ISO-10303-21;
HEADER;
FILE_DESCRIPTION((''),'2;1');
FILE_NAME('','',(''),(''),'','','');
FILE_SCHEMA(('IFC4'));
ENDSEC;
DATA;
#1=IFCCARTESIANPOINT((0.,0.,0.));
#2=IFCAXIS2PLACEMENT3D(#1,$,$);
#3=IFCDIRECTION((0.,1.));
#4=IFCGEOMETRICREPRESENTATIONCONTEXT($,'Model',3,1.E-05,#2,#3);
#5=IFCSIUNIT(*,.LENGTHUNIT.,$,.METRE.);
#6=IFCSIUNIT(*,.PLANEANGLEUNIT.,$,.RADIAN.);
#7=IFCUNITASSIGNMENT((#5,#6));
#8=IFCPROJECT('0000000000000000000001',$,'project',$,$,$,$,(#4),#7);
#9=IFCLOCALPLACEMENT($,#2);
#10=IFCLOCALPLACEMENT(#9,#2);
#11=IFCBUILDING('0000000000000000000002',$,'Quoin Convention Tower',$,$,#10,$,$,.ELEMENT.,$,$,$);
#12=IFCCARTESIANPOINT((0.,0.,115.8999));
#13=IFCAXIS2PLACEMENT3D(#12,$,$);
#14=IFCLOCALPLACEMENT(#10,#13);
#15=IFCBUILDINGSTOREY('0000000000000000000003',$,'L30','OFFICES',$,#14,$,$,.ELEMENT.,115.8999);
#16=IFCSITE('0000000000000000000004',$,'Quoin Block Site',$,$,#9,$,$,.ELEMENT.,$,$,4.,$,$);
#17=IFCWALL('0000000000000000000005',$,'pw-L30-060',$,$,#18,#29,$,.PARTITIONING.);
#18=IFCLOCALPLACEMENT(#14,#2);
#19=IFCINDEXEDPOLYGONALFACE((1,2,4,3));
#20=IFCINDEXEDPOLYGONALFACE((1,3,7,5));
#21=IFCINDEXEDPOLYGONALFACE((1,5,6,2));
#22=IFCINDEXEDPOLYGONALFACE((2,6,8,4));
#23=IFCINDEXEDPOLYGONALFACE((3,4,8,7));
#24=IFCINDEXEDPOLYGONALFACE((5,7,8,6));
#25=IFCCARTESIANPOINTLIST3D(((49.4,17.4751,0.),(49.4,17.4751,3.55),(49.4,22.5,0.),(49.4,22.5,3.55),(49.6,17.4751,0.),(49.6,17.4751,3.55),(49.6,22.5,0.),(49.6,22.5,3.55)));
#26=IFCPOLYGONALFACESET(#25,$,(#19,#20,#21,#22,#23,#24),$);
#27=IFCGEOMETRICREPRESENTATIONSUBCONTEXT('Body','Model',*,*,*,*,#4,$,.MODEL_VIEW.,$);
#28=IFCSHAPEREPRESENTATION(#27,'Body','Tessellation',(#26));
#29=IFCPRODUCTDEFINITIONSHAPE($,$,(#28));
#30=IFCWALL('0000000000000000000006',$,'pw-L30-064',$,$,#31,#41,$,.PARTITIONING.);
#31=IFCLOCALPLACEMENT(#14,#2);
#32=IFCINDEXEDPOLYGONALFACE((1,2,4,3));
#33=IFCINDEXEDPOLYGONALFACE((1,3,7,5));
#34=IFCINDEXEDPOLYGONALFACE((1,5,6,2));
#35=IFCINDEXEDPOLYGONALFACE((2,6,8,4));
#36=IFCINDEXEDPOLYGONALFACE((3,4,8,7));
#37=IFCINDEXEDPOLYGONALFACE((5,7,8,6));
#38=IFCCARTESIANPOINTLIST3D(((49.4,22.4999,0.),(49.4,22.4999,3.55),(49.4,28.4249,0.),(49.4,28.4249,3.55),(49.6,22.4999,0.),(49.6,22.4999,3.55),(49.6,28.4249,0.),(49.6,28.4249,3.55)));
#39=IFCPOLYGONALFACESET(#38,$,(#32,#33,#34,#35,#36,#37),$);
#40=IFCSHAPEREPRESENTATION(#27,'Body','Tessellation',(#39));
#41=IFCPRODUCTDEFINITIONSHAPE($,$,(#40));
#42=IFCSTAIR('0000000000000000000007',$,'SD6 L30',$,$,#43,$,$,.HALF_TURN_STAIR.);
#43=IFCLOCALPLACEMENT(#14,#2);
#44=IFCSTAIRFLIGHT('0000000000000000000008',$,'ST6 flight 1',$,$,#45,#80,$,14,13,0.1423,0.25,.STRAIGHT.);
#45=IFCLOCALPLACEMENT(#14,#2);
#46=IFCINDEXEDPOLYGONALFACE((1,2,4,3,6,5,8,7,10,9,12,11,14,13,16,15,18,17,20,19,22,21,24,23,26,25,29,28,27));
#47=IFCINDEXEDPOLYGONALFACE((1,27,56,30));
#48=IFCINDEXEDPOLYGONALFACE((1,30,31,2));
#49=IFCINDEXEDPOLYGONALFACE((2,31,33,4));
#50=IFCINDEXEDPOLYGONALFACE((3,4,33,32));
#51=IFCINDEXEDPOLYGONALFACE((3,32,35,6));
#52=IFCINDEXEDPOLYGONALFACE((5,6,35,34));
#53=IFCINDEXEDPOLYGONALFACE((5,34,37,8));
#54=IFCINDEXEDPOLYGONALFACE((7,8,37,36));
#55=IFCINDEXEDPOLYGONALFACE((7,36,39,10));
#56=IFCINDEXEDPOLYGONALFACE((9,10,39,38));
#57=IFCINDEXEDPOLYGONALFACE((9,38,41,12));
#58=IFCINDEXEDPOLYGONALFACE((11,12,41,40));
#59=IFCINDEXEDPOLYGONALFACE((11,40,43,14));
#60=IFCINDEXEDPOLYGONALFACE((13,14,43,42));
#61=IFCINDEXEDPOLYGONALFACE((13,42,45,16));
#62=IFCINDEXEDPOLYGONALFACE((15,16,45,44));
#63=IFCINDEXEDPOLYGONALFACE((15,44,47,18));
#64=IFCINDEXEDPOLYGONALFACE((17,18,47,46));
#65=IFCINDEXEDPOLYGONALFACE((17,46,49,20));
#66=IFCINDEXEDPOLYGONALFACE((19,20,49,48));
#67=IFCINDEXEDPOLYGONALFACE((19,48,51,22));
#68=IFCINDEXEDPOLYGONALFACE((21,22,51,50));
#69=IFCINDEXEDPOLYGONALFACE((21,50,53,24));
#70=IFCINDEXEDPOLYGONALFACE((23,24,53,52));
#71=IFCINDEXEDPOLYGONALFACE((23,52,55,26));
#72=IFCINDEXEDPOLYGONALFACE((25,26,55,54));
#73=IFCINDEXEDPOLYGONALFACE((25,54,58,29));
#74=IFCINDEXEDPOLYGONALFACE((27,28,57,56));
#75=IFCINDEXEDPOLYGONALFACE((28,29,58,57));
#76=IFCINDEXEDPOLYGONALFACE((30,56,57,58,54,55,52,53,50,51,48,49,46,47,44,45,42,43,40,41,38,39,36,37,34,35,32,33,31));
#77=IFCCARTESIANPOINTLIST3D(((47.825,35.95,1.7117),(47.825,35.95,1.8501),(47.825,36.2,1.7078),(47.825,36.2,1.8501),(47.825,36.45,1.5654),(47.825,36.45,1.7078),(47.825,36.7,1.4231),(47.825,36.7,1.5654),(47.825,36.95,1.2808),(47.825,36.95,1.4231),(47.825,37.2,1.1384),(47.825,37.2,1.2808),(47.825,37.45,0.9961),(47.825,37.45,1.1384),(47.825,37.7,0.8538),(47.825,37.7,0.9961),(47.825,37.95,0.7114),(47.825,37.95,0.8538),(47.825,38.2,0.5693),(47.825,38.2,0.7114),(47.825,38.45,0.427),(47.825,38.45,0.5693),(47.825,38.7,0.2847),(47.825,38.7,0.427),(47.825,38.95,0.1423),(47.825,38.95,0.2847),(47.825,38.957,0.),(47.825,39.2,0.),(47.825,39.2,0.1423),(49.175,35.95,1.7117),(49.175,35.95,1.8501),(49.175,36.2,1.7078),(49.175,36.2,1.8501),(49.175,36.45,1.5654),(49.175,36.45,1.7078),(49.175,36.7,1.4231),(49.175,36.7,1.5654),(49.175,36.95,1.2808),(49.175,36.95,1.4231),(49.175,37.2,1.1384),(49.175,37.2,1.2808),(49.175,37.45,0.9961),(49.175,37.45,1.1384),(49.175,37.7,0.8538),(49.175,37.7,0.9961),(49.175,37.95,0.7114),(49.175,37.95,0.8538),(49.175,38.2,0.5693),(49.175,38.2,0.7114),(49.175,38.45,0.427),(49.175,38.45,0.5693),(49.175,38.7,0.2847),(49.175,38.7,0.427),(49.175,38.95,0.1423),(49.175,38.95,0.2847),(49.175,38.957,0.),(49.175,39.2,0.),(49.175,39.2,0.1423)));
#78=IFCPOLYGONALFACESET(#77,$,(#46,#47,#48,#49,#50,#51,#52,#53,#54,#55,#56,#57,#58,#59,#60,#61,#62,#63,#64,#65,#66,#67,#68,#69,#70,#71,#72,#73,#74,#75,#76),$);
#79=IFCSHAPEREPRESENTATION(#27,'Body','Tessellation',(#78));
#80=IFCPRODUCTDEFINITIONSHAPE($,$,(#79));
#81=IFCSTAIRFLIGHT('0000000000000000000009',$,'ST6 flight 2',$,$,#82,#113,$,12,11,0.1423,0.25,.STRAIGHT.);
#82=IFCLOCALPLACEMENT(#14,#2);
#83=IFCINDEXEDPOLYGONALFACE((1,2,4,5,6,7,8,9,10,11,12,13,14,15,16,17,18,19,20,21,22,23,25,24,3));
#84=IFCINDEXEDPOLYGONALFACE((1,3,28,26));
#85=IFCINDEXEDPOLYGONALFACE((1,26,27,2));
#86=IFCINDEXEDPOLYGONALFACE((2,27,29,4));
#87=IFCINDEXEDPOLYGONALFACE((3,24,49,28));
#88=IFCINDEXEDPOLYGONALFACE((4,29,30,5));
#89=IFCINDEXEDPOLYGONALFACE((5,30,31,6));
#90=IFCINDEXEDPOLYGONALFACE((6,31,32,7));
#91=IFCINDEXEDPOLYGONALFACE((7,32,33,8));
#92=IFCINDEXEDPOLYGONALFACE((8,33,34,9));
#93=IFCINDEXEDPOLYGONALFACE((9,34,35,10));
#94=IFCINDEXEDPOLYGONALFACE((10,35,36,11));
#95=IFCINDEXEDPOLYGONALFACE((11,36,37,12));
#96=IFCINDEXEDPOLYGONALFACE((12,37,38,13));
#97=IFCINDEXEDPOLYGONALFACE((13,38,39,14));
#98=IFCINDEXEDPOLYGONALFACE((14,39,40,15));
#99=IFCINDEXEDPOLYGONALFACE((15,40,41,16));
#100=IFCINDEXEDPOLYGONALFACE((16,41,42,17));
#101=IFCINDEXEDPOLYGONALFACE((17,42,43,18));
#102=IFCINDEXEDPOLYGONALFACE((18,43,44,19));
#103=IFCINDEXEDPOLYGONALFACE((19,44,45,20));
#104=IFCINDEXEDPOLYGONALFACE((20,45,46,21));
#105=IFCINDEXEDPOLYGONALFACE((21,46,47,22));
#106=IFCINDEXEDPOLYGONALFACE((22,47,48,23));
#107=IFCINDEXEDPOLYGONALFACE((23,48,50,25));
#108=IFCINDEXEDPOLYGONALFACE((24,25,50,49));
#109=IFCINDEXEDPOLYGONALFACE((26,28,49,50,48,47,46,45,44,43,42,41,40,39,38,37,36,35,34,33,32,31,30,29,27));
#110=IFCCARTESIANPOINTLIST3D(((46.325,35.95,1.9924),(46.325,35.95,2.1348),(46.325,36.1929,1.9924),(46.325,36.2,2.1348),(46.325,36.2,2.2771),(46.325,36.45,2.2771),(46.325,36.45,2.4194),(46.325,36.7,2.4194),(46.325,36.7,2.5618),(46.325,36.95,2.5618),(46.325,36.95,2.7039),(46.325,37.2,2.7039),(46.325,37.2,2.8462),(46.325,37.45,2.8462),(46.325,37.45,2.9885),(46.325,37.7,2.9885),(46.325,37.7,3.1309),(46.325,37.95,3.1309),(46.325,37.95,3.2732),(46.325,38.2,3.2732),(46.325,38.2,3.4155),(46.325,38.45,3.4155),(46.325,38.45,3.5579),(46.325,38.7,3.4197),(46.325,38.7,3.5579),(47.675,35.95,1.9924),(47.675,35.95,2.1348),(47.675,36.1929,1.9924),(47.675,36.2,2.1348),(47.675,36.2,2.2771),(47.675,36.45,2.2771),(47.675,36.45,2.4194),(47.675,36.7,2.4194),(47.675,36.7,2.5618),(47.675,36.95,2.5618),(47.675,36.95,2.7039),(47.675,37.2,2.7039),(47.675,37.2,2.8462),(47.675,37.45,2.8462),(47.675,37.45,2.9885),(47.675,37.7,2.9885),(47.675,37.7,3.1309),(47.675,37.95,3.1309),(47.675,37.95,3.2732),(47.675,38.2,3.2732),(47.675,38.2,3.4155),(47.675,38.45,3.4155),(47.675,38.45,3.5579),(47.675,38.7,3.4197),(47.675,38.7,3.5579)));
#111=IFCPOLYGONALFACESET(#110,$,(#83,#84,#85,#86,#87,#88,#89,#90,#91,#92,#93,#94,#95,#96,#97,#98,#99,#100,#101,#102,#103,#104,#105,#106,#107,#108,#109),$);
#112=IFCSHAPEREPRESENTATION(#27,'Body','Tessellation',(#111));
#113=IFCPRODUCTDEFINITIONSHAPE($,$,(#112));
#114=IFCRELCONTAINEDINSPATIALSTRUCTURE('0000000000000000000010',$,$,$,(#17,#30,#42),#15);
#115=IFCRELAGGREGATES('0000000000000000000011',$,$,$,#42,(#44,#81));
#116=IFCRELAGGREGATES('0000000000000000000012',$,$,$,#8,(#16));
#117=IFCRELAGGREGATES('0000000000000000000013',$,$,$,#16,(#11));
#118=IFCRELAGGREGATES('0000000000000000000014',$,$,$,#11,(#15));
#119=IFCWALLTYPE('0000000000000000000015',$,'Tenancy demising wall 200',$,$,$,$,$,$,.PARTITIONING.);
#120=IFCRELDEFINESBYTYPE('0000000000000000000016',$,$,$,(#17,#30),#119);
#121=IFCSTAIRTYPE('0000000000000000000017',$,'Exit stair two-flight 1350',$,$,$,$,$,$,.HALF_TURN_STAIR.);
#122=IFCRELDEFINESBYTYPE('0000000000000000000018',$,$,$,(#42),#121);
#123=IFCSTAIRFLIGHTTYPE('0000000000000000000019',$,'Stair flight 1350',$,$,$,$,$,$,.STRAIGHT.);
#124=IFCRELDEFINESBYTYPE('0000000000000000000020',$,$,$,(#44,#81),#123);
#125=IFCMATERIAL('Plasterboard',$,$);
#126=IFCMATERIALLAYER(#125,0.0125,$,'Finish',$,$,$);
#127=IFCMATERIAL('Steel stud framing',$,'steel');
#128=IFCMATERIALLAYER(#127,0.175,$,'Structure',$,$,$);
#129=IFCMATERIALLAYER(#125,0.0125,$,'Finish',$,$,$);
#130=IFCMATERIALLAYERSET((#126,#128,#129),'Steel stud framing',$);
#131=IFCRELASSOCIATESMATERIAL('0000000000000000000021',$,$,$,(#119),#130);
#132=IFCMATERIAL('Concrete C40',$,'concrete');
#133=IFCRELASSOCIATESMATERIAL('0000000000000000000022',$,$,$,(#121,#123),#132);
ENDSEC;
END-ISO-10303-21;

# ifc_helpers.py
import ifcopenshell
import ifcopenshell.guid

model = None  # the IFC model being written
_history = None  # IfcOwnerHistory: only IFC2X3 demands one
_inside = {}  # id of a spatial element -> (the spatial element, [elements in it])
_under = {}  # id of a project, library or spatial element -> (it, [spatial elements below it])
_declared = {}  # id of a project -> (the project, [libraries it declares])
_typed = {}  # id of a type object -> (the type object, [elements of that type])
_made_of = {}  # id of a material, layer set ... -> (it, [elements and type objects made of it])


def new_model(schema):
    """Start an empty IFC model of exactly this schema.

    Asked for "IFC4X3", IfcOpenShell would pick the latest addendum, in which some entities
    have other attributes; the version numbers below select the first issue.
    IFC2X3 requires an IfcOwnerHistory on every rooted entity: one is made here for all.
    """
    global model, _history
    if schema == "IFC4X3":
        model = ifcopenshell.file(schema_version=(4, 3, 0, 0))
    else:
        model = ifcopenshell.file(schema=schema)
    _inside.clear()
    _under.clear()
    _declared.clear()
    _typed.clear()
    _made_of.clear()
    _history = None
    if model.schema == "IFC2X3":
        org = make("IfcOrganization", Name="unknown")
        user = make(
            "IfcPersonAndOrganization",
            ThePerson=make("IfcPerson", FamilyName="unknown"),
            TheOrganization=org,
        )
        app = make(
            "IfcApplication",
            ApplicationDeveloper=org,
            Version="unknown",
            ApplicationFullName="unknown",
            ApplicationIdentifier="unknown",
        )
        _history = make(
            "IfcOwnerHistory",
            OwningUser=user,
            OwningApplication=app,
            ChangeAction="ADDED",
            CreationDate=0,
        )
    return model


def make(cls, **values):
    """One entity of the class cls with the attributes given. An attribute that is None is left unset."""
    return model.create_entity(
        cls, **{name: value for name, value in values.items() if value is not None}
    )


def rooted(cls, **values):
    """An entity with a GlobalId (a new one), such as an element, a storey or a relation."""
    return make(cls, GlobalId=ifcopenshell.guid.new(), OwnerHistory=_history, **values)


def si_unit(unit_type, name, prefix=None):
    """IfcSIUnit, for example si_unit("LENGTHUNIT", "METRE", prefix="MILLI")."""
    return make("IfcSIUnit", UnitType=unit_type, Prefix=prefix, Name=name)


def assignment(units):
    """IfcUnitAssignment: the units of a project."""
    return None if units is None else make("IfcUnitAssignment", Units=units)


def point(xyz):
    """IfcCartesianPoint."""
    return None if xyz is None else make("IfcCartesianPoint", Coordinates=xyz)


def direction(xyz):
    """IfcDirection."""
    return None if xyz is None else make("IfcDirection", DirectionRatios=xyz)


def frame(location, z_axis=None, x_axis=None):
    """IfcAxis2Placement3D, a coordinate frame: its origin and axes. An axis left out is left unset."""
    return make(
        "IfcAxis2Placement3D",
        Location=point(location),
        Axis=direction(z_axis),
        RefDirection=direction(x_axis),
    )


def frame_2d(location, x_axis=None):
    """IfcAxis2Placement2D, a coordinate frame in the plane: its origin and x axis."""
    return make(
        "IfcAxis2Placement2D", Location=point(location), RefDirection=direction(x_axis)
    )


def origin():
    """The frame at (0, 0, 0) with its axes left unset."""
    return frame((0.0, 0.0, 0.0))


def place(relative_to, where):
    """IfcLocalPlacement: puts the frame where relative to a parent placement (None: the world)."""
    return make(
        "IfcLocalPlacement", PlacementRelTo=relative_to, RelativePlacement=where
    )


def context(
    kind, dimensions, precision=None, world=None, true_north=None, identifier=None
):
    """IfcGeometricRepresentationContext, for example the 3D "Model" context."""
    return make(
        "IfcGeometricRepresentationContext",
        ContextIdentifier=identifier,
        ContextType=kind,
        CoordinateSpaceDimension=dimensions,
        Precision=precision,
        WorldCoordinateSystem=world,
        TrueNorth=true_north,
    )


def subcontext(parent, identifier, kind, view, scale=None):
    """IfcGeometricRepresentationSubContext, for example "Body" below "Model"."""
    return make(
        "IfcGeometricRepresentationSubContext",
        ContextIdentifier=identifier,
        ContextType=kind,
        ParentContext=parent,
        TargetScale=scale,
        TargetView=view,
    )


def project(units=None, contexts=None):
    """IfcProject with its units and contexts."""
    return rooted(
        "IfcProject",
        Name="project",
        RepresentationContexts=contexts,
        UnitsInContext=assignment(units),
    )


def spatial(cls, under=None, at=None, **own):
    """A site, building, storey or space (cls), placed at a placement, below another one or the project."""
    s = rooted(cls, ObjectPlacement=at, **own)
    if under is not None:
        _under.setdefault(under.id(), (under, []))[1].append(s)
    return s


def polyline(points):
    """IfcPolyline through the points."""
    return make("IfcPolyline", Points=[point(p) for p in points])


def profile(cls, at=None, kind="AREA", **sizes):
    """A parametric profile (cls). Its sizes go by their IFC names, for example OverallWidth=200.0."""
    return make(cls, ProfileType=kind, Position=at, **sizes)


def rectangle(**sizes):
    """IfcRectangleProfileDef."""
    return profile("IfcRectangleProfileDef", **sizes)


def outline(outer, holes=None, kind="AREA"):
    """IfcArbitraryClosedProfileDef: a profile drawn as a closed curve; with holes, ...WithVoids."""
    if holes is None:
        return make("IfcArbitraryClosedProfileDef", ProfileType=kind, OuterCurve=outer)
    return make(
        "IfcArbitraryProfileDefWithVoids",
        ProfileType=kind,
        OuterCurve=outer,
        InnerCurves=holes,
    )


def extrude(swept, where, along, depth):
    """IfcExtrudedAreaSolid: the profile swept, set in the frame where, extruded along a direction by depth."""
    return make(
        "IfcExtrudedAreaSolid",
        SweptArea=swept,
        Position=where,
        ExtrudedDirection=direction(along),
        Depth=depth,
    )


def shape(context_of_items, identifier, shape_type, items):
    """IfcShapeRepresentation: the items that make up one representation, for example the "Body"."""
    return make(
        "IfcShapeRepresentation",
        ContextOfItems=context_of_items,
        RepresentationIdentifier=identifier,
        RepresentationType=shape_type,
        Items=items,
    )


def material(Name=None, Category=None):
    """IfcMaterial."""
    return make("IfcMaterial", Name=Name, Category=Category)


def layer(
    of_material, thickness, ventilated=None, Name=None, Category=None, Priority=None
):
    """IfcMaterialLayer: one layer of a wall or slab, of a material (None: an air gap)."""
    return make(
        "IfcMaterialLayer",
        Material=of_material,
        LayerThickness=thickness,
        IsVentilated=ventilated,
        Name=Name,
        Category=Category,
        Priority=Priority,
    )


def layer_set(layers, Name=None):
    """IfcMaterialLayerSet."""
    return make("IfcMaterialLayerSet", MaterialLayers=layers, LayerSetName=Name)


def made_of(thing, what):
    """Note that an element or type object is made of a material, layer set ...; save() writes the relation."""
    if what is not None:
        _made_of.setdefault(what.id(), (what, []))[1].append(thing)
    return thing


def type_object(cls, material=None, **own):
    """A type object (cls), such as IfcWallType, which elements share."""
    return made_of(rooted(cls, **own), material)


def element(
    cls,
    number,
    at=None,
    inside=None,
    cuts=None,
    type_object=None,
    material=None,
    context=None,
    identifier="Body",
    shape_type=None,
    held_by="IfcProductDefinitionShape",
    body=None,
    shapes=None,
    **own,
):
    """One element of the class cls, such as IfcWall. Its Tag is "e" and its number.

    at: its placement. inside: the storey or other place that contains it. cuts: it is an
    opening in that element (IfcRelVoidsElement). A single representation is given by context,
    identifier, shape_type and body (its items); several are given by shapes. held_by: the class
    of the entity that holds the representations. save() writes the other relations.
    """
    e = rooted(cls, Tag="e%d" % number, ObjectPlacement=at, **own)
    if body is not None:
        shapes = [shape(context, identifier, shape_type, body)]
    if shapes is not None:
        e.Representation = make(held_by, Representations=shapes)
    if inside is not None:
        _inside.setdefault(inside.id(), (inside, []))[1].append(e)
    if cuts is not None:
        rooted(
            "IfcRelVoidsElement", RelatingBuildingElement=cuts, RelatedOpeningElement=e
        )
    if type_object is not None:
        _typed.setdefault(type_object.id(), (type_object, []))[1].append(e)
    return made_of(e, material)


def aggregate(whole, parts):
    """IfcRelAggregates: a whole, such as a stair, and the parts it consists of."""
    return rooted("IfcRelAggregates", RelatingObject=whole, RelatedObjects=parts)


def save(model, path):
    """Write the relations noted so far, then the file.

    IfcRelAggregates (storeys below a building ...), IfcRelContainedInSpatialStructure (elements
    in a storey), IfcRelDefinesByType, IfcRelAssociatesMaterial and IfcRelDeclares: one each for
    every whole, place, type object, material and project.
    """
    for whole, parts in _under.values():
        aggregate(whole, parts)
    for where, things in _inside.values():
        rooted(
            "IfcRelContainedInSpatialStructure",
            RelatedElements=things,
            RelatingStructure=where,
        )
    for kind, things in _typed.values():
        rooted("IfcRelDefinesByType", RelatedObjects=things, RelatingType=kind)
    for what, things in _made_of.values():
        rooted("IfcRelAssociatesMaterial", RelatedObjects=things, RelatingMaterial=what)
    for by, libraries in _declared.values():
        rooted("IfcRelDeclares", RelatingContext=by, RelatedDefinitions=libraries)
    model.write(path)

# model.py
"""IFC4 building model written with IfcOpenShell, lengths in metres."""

from ifc_helpers import new_model, si_unit, direction, frame, frame_2d, origin, place, context, subcontext, project, spatial, polyline, rectangle, outline, extrude, material, layer, layer_set, type_object, element, aggregate, save


model = new_model("IFC4")

# Units and contexts
model_context = context("Model", 3, precision=1e-05, world=origin(), true_north=direction((0.0, 1.0)))
body_context = subcontext(model_context, "Body", "Model", "MODEL_VIEW")
ifc_project = project(units=[si_unit("LENGTHUNIT", "METRE"), si_unit("PLANEANGLEUNIT", "RADIAN")], contexts=[model_context])

# Site, building, storey
site_placement = place(None, origin())
site = spatial("IfcSite", under=ifc_project, at=site_placement, Name="Quoin Block Site", CompositionType="ELEMENT", RefElevation=4.0)
building_placement = place(site_placement, origin())
building = spatial("IfcBuilding", under=site, at=building_placement, Name="Quoin Convention Tower", CompositionType="ELEMENT")
storey_placement = place(building_placement, frame((0.0, 0.0, 115.8999)))
storey = spatial("IfcBuildingStorey", under=building, at=storey_placement, Name="L30", Description="OFFICES", CompositionType="ELEMENT", Elevation=115.8999)

# Shared definitions
ifc_material_1 = material(Name="Plasterboard")
ifc_material_2 = material(Name="Steel stud framing", Category="steel")

# Walls
ifc_layer_1 = layer(ifc_material_1, 0.0125, Name="Finish")
ifc_layer_2 = layer(ifc_material_2, 0.175, Name="Structure")
ifc_layer_3 = layer(ifc_material_1, 0.0125, Name="Finish")
ifc_layer_set_1 = layer_set([ifc_layer_1, ifc_layer_2, ifc_layer_3], Name="Steel stud framing")
wall_type_1 = type_object("IfcWallType", Name="Tenancy demising wall 200", PredefinedType="PARTITIONING", material=ifc_layer_set_1)
wall_1_placement = place(storey_placement, frame((49.5, 17.4751, 0.0), z_axis=(0.0, 0.0, 1.0), x_axis=(0.0, 1.0, 0.0)))
element("IfcWall", 1, at=wall_1_placement, inside=storey, type_object=wall_type_1, Name="pw-L30-060", PredefinedType="PARTITIONING", context=body_context, shape_type="SweptSolid", body=[
    extrude(rectangle(XDim=5.0249, YDim=0.2, at=frame_2d((2.5125, 0.0))), origin(), (0.0, 0.0, 1.0), 3.55),
])
wall_2_placement = place(storey_placement, frame((49.5, 22.5, 0.0), z_axis=(0.0, 0.0, 1.0), x_axis=(0.0, 1.0, 0.0)))
element("IfcWall", 2, at=wall_2_placement, inside=storey, type_object=wall_type_1, Name="pw-L30-064", PredefinedType="PARTITIONING", context=body_context, shape_type="SweptSolid", body=[
    extrude(rectangle(XDim=5.925, YDim=0.2, at=frame_2d((2.9624, 0.0))), origin(), (0.0, 0.0, 1.0), 3.55),
])

# Stair, stair flights
ifc_material_3 = material(Name="Concrete C40", Category="concrete")
stair_type = type_object("IfcStairType", Name="Exit stair two-flight 1350", PredefinedType="HALF_TURN_STAIR", material=ifc_material_3)
stair_placement = place(storey_placement, origin())
stair = element("IfcStair", 3, at=stair_placement, inside=storey, type_object=stair_type, Name="SD6 L30", PredefinedType="HALF_TURN_STAIR")
stair_flight_type = type_object("IfcStairFlightType", Name="Stair flight 1350", PredefinedType="STRAIGHT", material=ifc_material_3)
stair_flight_1_placement = place(storey_placement, frame((48.5, 39.2, 0.0), z_axis=(0.0, 0.0, 1.0), x_axis=(0.0, -1.0, 0.0)))
stair_flight_1 = element("IfcStairFlight", 4, at=stair_flight_1_placement, type_object=stair_flight_type, Name="ST6 flight 1", NumberOfRisers=14, NumberOfTreads=13, PredefinedType="STRAIGHT", RiserHeight=0.1423, TreadLength=0.25, context=body_context, shape_type="SweptSolid", body=[
    extrude(outline(polyline([(0.0, 0.0), (0.0, 0.1423), (0.25, 0.1423), (0.25, 0.2847), (0.5, 0.2847), (0.5, 0.427), (0.75, 0.427), (0.75, 0.5693), (1.0, 0.5693), (1.0, 0.7114), (1.25, 0.7114), (1.25, 0.8538), (1.5, 0.8538), (1.5, 0.9961), (1.75, 0.9961), (1.75, 1.1384), (2.0, 1.1384), (2.0, 1.2808), (2.25, 1.2808), (2.25, 1.4231), (2.5, 1.4231), (2.5, 1.5654), (2.75, 1.5654), (2.75, 1.7078), (3.0, 1.7078), (3.0, 1.8501), (3.25, 1.8501), (3.25, 1.9922), (3.25, 1.7117), (0.2429, 0.0), (0.0, 0.0)])), frame((0.0, 0.675, 0.0), z_axis=(0.0, -1.0, 0.0), x_axis=(1.0, 0.0, 0.0)), (0.0, 0.0, 1.0), 1.3501),
])
stair_flight_2_placement = place(storey_placement, frame((47.0, 35.95, 1.9924), z_axis=(0.0, 0.0, 1.0), x_axis=(0.0, 1.0, 0.0)))
stair_flight_2 = element("IfcStairFlight", 5, at=stair_flight_2_placement, type_object=stair_flight_type, Name="ST6 flight 2", NumberOfRisers=12, NumberOfTreads=11, PredefinedType="STRAIGHT", RiserHeight=0.1423, TreadLength=0.25, context=body_context, shape_type="SweptSolid", body=[
    extrude(outline(polyline([(0.0, 0.0), (0.0, 0.1423), (0.25, 0.1423), (0.25, 0.2847), (0.5, 0.2847), (0.5, 0.427), (0.75, 0.427), (0.75, 0.5693), (1.0, 0.5693), (1.0, 0.7114), (1.25, 0.7114), (1.25, 0.8538), (1.5, 0.8538), (1.5, 0.9961), (1.75, 0.9961), (1.75, 1.1384), (2.0, 1.1384), (2.0, 1.2808), (2.25, 1.2808), (2.25, 1.4231), (2.5, 1.4231), (2.5, 1.5654), (2.75, 1.5654), (2.75, 1.7078), (2.75, 1.4272), (0.2429, 0.0), (0.0, 0.0)])), frame((0.0, 0.675, 0.0), z_axis=(0.0, -1.0, 0.0), x_axis=(1.0, 0.0, 0.0)), (0.0, 0.0, 1.0), 1.3501),
])
aggregate(stair, [stair_flight_1, stair_flight_2])

save(model, "model.ifc")
